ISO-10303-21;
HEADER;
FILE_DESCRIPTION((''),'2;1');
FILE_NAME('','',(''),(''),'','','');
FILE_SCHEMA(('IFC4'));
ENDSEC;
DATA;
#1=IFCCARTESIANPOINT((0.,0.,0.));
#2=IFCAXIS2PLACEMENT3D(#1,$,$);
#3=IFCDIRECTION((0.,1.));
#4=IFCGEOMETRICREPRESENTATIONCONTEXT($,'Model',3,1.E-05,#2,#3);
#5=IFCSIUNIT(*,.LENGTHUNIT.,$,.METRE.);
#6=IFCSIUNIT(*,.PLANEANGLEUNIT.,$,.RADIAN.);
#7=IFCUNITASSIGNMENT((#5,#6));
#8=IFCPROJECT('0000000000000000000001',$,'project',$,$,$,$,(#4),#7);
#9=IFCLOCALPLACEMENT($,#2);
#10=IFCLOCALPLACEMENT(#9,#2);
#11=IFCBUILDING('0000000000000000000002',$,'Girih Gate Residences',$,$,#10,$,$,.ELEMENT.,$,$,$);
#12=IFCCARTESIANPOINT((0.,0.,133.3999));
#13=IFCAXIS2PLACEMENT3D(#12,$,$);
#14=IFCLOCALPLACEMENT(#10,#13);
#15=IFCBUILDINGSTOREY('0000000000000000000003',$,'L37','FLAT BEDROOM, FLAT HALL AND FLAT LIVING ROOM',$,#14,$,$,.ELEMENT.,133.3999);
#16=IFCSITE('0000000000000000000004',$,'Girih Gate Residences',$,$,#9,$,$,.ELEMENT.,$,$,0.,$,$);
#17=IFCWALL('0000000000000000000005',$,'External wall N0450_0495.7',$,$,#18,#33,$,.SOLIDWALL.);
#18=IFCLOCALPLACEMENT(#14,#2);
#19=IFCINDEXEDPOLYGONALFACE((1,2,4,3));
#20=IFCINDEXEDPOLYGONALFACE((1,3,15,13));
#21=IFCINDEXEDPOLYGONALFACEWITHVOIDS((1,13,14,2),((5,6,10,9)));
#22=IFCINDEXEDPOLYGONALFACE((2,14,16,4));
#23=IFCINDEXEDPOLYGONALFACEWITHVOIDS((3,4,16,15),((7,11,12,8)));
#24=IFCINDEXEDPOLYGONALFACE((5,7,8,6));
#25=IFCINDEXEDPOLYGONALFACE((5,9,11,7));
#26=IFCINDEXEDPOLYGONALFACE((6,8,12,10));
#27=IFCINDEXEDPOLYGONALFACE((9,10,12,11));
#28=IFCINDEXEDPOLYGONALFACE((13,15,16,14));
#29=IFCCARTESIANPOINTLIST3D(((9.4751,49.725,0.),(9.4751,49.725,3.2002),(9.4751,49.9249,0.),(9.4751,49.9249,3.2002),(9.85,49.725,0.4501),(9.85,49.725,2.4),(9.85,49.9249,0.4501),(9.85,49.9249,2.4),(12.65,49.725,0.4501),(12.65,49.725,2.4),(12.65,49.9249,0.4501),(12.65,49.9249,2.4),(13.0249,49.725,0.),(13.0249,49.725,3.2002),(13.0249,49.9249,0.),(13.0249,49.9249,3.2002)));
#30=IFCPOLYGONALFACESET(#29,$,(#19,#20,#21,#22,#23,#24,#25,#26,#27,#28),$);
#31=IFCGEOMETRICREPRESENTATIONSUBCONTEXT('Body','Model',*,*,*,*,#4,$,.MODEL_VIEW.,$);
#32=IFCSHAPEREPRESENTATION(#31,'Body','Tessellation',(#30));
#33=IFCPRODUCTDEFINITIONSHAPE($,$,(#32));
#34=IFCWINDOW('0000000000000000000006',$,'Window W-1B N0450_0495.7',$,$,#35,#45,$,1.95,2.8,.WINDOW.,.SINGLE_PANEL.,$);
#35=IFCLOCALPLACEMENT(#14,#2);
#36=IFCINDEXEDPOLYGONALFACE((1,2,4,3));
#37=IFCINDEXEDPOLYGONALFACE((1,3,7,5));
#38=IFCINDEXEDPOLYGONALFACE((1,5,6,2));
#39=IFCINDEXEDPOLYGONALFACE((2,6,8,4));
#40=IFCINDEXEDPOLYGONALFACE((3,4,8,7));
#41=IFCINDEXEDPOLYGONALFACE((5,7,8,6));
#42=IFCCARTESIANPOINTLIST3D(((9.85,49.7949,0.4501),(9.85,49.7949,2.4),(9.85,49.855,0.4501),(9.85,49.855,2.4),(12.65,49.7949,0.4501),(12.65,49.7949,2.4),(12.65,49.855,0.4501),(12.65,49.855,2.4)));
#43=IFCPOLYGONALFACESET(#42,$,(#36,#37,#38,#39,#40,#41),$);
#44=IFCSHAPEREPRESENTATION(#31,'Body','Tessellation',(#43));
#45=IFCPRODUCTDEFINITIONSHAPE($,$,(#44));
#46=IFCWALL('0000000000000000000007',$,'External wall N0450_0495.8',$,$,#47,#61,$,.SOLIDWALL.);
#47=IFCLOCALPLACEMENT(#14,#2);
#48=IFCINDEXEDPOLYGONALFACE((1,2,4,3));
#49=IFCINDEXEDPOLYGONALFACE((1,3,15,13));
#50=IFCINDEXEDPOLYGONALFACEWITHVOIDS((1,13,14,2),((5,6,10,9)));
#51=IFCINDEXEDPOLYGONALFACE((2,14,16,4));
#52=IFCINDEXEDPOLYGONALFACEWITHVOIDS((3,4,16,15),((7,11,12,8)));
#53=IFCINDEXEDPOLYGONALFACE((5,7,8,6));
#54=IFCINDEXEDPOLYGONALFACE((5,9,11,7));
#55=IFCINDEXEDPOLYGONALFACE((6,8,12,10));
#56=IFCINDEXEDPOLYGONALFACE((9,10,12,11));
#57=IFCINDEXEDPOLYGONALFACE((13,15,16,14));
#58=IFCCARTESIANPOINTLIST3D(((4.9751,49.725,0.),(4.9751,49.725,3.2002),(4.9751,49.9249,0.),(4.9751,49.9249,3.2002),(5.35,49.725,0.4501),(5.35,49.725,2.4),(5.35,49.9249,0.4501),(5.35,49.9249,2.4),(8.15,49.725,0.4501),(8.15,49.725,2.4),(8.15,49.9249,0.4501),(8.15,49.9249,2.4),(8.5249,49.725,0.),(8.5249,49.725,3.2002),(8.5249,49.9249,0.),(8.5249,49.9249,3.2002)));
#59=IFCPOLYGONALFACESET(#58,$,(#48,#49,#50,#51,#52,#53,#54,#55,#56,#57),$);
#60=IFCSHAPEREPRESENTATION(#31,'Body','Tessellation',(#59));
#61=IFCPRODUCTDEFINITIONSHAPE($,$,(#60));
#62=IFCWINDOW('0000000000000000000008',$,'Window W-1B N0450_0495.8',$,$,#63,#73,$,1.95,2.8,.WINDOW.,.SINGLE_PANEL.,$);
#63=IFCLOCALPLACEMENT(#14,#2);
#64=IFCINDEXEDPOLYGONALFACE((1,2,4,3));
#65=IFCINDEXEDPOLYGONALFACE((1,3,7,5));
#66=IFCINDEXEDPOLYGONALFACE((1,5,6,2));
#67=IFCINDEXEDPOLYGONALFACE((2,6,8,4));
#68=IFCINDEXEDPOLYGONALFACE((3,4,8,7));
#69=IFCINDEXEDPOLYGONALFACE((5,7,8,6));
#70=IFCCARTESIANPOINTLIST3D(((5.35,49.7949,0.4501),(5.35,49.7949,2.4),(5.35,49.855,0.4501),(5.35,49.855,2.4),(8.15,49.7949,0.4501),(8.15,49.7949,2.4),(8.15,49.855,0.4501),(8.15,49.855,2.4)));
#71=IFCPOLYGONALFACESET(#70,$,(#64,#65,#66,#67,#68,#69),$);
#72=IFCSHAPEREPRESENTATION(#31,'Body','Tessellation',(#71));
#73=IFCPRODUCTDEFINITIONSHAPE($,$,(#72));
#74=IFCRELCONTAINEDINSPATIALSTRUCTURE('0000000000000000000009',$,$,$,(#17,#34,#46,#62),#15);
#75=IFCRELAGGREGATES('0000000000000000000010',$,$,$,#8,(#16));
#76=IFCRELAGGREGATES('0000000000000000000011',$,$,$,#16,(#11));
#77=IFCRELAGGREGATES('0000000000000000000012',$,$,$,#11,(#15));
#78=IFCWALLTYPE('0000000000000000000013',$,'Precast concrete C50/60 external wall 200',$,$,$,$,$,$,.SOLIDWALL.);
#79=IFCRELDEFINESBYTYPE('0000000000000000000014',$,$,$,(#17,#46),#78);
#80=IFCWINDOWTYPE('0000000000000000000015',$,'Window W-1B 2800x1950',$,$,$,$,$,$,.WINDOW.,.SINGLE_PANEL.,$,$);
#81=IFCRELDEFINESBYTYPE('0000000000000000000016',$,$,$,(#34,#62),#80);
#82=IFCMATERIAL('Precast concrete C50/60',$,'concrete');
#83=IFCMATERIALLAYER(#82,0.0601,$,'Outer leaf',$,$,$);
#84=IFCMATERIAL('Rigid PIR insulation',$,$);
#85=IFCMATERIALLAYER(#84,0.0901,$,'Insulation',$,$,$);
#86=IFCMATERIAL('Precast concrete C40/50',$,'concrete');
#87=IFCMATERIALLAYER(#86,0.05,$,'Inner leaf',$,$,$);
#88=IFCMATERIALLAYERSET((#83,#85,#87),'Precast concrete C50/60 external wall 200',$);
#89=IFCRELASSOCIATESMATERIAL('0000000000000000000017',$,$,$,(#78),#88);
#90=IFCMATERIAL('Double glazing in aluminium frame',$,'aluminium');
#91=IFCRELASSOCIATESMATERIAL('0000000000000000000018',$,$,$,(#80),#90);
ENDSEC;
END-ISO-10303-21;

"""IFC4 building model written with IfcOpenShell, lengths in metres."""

from ifc_helpers import new_model, si_unit, direction, frame, frame_2d, origin, place, context, subcontext, project, spatial, rectangle, extrude, material, layer, layer_set, type_object, element, fill, save


model = new_model("IFC4")

# Units and contexts
model_context = context("Model", 3, precision=1e-05, world=origin(), true_north=direction((0.0, 1.0)))
body_context = subcontext(model_context, "Body", "Model", "MODEL_VIEW")
ifc_project = project(units=[si_unit("LENGTHUNIT", "METRE"), si_unit("PLANEANGLEUNIT", "RADIAN")], contexts=[model_context])

# Site, building, storey
site_placement = place(None, origin())
site = spatial("IfcSite", under=ifc_project, at=site_placement, Name="Girih Gate Residences", CompositionType="ELEMENT", RefElevation=0.0)
building_placement = place(site_placement, origin())
building = spatial("IfcBuilding", under=site, at=building_placement, Name="Girih Gate Residences", CompositionType="ELEMENT")
storey_placement = place(building_placement, frame((0.0, 0.0, 133.3999)))
storey = spatial("IfcBuildingStorey", under=building, at=storey_placement, Name="L37", Description="FLAT BEDROOM, FLAT HALL AND FLAT LIVING ROOM", CompositionType="ELEMENT", Elevation=133.3999)

# Walls, openings, windows
ifc_material_1 = material(Name="Precast concrete C50/60", Category="concrete")
ifc_layer_1 = layer(ifc_material_1, 0.0601, Name="Outer leaf")
ifc_material_2 = material(Name="Rigid PIR insulation")
ifc_layer_2 = layer(ifc_material_2, 0.0901, Name="Insulation")
ifc_material_3 = material(Name="Precast concrete C40/50", Category="concrete")
ifc_layer_3 = layer(ifc_material_3, 0.05, Name="Inner leaf")
ifc_layer_set_1 = layer_set([ifc_layer_1, ifc_layer_2, ifc_layer_3], Name="Precast concrete C50/60 external wall 200")
wall_type_1 = type_object("IfcWallType", Name="Precast concrete C50/60 external wall 200", PredefinedType="SOLIDWALL", material=ifc_layer_set_1)
wall_1_placement = place(storey_placement, frame((9.4751, 49.825, 0.0), z_axis=(0.0, 0.0, 1.0), x_axis=(1.0, 0.0, 0.0)))
wall_1 = element("IfcWall", 1, at=wall_1_placement, inside=storey, type_object=wall_type_1, Name="External wall N0450_0495.7", PredefinedType="SOLIDWALL", context=body_context, shape_type="SweptSolid", body=[
    extrude(rectangle(XDim=3.5498, YDim=0.2, at=frame_2d((1.7749, 0.0))), origin(), (0.0, 0.0, 1.0), 3.2002),
])
opening_1_placement = place(wall_1_placement, frame((0.375, 0.0, 0.45)))
opening_1 = element("IfcOpeningElement", 2, at=opening_1_placement, cuts=wall_1, PredefinedType="OPENING", context=body_context, shape_type="SweptSolid", body=[
    extrude(rectangle(XDim=2.8, YDim=1.95, at=frame_2d((1.3999, 0.9751))), frame((0.0, 0.1099, 0.0), z_axis=(0.0, -1.0, 0.0), x_axis=(1.0, 0.0, 0.0)), (0.0, 0.0, 1.0), 0.22),
])
ifc_material_4 = material(Name="Double glazing in aluminium frame", Category="aluminium")
window_type = type_object("IfcWindowType", Name="Window W-1B 2800x1950", PartitioningType="SINGLE_PANEL", PredefinedType="WINDOW", material=ifc_material_4)
window_1_placement = place(opening_1_placement, origin())
window_1 = element("IfcWindow", 3, at=window_1_placement, inside=storey, type_object=window_type, Name="Window W-1B N0450_0495.7", OverallHeight=1.95, OverallWidth=2.8, PartitioningType="SINGLE_PANEL", PredefinedType="WINDOW", context=body_context, shape_type="SweptSolid", body=[
    extrude(rectangle(XDim=2.8, YDim=1.95, at=frame_2d((1.3999, 0.9751))), frame((0.0, 0.03, 0.0), z_axis=(0.0, -1.0, 0.0), x_axis=(1.0, 0.0, 0.0)), (0.0, 0.0, 1.0), 0.0601),
])
fill(opening_1, window_1)
wall_2_placement = place(storey_placement, frame((4.9751, 49.825, 0.0), z_axis=(0.0, 0.0, 1.0), x_axis=(1.0, 0.0, 0.0)))
wall_2 = element("IfcWall", 4, at=wall_2_placement, inside=storey, type_object=wall_type_1, Name="External wall N0450_0495.8", PredefinedType="SOLIDWALL", context=body_context, shape_type="SweptSolid", body=[
    extrude(rectangle(XDim=3.5498, YDim=0.2, at=frame_2d((1.7749, 0.0))), origin(), (0.0, 0.0, 1.0), 3.2002),
])
opening_2_placement = place(wall_2_placement, frame((0.375, 0.0, 0.45)))
opening_2 = element("IfcOpeningElement", 5, at=opening_2_placement, cuts=wall_2, PredefinedType="OPENING", context=body_context, shape_type="SweptSolid", body=[
    extrude(rectangle(XDim=2.8, YDim=1.95, at=frame_2d((1.3999, 0.9751))), frame((0.0, 0.1099, 0.0), z_axis=(0.0, -1.0, 0.0), x_axis=(1.0, 0.0, 0.0)), (0.0, 0.0, 1.0), 0.22),
])
window_2_placement = place(opening_2_placement, origin())
window_2 = element("IfcWindow", 6, at=window_2_placement, inside=storey, type_object=window_type, Name="Window W-1B N0450_0495.8", OverallHeight=1.95, OverallWidth=2.8, PartitioningType="SINGLE_PANEL", PredefinedType="WINDOW", context=body_context, shape_type="SweptSolid", body=[
    extrude(rectangle(XDim=2.8, YDim=1.95, at=frame_2d((1.3999, 0.9751))), frame((0.0, 0.03, 0.0), z_axis=(0.0, -1.0, 0.0), x_axis=(1.0, 0.0, 0.0)), (0.0, 0.0, 1.0), 0.0601),
])
fill(opening_2, window_2)

save(model, "model.ifc")
